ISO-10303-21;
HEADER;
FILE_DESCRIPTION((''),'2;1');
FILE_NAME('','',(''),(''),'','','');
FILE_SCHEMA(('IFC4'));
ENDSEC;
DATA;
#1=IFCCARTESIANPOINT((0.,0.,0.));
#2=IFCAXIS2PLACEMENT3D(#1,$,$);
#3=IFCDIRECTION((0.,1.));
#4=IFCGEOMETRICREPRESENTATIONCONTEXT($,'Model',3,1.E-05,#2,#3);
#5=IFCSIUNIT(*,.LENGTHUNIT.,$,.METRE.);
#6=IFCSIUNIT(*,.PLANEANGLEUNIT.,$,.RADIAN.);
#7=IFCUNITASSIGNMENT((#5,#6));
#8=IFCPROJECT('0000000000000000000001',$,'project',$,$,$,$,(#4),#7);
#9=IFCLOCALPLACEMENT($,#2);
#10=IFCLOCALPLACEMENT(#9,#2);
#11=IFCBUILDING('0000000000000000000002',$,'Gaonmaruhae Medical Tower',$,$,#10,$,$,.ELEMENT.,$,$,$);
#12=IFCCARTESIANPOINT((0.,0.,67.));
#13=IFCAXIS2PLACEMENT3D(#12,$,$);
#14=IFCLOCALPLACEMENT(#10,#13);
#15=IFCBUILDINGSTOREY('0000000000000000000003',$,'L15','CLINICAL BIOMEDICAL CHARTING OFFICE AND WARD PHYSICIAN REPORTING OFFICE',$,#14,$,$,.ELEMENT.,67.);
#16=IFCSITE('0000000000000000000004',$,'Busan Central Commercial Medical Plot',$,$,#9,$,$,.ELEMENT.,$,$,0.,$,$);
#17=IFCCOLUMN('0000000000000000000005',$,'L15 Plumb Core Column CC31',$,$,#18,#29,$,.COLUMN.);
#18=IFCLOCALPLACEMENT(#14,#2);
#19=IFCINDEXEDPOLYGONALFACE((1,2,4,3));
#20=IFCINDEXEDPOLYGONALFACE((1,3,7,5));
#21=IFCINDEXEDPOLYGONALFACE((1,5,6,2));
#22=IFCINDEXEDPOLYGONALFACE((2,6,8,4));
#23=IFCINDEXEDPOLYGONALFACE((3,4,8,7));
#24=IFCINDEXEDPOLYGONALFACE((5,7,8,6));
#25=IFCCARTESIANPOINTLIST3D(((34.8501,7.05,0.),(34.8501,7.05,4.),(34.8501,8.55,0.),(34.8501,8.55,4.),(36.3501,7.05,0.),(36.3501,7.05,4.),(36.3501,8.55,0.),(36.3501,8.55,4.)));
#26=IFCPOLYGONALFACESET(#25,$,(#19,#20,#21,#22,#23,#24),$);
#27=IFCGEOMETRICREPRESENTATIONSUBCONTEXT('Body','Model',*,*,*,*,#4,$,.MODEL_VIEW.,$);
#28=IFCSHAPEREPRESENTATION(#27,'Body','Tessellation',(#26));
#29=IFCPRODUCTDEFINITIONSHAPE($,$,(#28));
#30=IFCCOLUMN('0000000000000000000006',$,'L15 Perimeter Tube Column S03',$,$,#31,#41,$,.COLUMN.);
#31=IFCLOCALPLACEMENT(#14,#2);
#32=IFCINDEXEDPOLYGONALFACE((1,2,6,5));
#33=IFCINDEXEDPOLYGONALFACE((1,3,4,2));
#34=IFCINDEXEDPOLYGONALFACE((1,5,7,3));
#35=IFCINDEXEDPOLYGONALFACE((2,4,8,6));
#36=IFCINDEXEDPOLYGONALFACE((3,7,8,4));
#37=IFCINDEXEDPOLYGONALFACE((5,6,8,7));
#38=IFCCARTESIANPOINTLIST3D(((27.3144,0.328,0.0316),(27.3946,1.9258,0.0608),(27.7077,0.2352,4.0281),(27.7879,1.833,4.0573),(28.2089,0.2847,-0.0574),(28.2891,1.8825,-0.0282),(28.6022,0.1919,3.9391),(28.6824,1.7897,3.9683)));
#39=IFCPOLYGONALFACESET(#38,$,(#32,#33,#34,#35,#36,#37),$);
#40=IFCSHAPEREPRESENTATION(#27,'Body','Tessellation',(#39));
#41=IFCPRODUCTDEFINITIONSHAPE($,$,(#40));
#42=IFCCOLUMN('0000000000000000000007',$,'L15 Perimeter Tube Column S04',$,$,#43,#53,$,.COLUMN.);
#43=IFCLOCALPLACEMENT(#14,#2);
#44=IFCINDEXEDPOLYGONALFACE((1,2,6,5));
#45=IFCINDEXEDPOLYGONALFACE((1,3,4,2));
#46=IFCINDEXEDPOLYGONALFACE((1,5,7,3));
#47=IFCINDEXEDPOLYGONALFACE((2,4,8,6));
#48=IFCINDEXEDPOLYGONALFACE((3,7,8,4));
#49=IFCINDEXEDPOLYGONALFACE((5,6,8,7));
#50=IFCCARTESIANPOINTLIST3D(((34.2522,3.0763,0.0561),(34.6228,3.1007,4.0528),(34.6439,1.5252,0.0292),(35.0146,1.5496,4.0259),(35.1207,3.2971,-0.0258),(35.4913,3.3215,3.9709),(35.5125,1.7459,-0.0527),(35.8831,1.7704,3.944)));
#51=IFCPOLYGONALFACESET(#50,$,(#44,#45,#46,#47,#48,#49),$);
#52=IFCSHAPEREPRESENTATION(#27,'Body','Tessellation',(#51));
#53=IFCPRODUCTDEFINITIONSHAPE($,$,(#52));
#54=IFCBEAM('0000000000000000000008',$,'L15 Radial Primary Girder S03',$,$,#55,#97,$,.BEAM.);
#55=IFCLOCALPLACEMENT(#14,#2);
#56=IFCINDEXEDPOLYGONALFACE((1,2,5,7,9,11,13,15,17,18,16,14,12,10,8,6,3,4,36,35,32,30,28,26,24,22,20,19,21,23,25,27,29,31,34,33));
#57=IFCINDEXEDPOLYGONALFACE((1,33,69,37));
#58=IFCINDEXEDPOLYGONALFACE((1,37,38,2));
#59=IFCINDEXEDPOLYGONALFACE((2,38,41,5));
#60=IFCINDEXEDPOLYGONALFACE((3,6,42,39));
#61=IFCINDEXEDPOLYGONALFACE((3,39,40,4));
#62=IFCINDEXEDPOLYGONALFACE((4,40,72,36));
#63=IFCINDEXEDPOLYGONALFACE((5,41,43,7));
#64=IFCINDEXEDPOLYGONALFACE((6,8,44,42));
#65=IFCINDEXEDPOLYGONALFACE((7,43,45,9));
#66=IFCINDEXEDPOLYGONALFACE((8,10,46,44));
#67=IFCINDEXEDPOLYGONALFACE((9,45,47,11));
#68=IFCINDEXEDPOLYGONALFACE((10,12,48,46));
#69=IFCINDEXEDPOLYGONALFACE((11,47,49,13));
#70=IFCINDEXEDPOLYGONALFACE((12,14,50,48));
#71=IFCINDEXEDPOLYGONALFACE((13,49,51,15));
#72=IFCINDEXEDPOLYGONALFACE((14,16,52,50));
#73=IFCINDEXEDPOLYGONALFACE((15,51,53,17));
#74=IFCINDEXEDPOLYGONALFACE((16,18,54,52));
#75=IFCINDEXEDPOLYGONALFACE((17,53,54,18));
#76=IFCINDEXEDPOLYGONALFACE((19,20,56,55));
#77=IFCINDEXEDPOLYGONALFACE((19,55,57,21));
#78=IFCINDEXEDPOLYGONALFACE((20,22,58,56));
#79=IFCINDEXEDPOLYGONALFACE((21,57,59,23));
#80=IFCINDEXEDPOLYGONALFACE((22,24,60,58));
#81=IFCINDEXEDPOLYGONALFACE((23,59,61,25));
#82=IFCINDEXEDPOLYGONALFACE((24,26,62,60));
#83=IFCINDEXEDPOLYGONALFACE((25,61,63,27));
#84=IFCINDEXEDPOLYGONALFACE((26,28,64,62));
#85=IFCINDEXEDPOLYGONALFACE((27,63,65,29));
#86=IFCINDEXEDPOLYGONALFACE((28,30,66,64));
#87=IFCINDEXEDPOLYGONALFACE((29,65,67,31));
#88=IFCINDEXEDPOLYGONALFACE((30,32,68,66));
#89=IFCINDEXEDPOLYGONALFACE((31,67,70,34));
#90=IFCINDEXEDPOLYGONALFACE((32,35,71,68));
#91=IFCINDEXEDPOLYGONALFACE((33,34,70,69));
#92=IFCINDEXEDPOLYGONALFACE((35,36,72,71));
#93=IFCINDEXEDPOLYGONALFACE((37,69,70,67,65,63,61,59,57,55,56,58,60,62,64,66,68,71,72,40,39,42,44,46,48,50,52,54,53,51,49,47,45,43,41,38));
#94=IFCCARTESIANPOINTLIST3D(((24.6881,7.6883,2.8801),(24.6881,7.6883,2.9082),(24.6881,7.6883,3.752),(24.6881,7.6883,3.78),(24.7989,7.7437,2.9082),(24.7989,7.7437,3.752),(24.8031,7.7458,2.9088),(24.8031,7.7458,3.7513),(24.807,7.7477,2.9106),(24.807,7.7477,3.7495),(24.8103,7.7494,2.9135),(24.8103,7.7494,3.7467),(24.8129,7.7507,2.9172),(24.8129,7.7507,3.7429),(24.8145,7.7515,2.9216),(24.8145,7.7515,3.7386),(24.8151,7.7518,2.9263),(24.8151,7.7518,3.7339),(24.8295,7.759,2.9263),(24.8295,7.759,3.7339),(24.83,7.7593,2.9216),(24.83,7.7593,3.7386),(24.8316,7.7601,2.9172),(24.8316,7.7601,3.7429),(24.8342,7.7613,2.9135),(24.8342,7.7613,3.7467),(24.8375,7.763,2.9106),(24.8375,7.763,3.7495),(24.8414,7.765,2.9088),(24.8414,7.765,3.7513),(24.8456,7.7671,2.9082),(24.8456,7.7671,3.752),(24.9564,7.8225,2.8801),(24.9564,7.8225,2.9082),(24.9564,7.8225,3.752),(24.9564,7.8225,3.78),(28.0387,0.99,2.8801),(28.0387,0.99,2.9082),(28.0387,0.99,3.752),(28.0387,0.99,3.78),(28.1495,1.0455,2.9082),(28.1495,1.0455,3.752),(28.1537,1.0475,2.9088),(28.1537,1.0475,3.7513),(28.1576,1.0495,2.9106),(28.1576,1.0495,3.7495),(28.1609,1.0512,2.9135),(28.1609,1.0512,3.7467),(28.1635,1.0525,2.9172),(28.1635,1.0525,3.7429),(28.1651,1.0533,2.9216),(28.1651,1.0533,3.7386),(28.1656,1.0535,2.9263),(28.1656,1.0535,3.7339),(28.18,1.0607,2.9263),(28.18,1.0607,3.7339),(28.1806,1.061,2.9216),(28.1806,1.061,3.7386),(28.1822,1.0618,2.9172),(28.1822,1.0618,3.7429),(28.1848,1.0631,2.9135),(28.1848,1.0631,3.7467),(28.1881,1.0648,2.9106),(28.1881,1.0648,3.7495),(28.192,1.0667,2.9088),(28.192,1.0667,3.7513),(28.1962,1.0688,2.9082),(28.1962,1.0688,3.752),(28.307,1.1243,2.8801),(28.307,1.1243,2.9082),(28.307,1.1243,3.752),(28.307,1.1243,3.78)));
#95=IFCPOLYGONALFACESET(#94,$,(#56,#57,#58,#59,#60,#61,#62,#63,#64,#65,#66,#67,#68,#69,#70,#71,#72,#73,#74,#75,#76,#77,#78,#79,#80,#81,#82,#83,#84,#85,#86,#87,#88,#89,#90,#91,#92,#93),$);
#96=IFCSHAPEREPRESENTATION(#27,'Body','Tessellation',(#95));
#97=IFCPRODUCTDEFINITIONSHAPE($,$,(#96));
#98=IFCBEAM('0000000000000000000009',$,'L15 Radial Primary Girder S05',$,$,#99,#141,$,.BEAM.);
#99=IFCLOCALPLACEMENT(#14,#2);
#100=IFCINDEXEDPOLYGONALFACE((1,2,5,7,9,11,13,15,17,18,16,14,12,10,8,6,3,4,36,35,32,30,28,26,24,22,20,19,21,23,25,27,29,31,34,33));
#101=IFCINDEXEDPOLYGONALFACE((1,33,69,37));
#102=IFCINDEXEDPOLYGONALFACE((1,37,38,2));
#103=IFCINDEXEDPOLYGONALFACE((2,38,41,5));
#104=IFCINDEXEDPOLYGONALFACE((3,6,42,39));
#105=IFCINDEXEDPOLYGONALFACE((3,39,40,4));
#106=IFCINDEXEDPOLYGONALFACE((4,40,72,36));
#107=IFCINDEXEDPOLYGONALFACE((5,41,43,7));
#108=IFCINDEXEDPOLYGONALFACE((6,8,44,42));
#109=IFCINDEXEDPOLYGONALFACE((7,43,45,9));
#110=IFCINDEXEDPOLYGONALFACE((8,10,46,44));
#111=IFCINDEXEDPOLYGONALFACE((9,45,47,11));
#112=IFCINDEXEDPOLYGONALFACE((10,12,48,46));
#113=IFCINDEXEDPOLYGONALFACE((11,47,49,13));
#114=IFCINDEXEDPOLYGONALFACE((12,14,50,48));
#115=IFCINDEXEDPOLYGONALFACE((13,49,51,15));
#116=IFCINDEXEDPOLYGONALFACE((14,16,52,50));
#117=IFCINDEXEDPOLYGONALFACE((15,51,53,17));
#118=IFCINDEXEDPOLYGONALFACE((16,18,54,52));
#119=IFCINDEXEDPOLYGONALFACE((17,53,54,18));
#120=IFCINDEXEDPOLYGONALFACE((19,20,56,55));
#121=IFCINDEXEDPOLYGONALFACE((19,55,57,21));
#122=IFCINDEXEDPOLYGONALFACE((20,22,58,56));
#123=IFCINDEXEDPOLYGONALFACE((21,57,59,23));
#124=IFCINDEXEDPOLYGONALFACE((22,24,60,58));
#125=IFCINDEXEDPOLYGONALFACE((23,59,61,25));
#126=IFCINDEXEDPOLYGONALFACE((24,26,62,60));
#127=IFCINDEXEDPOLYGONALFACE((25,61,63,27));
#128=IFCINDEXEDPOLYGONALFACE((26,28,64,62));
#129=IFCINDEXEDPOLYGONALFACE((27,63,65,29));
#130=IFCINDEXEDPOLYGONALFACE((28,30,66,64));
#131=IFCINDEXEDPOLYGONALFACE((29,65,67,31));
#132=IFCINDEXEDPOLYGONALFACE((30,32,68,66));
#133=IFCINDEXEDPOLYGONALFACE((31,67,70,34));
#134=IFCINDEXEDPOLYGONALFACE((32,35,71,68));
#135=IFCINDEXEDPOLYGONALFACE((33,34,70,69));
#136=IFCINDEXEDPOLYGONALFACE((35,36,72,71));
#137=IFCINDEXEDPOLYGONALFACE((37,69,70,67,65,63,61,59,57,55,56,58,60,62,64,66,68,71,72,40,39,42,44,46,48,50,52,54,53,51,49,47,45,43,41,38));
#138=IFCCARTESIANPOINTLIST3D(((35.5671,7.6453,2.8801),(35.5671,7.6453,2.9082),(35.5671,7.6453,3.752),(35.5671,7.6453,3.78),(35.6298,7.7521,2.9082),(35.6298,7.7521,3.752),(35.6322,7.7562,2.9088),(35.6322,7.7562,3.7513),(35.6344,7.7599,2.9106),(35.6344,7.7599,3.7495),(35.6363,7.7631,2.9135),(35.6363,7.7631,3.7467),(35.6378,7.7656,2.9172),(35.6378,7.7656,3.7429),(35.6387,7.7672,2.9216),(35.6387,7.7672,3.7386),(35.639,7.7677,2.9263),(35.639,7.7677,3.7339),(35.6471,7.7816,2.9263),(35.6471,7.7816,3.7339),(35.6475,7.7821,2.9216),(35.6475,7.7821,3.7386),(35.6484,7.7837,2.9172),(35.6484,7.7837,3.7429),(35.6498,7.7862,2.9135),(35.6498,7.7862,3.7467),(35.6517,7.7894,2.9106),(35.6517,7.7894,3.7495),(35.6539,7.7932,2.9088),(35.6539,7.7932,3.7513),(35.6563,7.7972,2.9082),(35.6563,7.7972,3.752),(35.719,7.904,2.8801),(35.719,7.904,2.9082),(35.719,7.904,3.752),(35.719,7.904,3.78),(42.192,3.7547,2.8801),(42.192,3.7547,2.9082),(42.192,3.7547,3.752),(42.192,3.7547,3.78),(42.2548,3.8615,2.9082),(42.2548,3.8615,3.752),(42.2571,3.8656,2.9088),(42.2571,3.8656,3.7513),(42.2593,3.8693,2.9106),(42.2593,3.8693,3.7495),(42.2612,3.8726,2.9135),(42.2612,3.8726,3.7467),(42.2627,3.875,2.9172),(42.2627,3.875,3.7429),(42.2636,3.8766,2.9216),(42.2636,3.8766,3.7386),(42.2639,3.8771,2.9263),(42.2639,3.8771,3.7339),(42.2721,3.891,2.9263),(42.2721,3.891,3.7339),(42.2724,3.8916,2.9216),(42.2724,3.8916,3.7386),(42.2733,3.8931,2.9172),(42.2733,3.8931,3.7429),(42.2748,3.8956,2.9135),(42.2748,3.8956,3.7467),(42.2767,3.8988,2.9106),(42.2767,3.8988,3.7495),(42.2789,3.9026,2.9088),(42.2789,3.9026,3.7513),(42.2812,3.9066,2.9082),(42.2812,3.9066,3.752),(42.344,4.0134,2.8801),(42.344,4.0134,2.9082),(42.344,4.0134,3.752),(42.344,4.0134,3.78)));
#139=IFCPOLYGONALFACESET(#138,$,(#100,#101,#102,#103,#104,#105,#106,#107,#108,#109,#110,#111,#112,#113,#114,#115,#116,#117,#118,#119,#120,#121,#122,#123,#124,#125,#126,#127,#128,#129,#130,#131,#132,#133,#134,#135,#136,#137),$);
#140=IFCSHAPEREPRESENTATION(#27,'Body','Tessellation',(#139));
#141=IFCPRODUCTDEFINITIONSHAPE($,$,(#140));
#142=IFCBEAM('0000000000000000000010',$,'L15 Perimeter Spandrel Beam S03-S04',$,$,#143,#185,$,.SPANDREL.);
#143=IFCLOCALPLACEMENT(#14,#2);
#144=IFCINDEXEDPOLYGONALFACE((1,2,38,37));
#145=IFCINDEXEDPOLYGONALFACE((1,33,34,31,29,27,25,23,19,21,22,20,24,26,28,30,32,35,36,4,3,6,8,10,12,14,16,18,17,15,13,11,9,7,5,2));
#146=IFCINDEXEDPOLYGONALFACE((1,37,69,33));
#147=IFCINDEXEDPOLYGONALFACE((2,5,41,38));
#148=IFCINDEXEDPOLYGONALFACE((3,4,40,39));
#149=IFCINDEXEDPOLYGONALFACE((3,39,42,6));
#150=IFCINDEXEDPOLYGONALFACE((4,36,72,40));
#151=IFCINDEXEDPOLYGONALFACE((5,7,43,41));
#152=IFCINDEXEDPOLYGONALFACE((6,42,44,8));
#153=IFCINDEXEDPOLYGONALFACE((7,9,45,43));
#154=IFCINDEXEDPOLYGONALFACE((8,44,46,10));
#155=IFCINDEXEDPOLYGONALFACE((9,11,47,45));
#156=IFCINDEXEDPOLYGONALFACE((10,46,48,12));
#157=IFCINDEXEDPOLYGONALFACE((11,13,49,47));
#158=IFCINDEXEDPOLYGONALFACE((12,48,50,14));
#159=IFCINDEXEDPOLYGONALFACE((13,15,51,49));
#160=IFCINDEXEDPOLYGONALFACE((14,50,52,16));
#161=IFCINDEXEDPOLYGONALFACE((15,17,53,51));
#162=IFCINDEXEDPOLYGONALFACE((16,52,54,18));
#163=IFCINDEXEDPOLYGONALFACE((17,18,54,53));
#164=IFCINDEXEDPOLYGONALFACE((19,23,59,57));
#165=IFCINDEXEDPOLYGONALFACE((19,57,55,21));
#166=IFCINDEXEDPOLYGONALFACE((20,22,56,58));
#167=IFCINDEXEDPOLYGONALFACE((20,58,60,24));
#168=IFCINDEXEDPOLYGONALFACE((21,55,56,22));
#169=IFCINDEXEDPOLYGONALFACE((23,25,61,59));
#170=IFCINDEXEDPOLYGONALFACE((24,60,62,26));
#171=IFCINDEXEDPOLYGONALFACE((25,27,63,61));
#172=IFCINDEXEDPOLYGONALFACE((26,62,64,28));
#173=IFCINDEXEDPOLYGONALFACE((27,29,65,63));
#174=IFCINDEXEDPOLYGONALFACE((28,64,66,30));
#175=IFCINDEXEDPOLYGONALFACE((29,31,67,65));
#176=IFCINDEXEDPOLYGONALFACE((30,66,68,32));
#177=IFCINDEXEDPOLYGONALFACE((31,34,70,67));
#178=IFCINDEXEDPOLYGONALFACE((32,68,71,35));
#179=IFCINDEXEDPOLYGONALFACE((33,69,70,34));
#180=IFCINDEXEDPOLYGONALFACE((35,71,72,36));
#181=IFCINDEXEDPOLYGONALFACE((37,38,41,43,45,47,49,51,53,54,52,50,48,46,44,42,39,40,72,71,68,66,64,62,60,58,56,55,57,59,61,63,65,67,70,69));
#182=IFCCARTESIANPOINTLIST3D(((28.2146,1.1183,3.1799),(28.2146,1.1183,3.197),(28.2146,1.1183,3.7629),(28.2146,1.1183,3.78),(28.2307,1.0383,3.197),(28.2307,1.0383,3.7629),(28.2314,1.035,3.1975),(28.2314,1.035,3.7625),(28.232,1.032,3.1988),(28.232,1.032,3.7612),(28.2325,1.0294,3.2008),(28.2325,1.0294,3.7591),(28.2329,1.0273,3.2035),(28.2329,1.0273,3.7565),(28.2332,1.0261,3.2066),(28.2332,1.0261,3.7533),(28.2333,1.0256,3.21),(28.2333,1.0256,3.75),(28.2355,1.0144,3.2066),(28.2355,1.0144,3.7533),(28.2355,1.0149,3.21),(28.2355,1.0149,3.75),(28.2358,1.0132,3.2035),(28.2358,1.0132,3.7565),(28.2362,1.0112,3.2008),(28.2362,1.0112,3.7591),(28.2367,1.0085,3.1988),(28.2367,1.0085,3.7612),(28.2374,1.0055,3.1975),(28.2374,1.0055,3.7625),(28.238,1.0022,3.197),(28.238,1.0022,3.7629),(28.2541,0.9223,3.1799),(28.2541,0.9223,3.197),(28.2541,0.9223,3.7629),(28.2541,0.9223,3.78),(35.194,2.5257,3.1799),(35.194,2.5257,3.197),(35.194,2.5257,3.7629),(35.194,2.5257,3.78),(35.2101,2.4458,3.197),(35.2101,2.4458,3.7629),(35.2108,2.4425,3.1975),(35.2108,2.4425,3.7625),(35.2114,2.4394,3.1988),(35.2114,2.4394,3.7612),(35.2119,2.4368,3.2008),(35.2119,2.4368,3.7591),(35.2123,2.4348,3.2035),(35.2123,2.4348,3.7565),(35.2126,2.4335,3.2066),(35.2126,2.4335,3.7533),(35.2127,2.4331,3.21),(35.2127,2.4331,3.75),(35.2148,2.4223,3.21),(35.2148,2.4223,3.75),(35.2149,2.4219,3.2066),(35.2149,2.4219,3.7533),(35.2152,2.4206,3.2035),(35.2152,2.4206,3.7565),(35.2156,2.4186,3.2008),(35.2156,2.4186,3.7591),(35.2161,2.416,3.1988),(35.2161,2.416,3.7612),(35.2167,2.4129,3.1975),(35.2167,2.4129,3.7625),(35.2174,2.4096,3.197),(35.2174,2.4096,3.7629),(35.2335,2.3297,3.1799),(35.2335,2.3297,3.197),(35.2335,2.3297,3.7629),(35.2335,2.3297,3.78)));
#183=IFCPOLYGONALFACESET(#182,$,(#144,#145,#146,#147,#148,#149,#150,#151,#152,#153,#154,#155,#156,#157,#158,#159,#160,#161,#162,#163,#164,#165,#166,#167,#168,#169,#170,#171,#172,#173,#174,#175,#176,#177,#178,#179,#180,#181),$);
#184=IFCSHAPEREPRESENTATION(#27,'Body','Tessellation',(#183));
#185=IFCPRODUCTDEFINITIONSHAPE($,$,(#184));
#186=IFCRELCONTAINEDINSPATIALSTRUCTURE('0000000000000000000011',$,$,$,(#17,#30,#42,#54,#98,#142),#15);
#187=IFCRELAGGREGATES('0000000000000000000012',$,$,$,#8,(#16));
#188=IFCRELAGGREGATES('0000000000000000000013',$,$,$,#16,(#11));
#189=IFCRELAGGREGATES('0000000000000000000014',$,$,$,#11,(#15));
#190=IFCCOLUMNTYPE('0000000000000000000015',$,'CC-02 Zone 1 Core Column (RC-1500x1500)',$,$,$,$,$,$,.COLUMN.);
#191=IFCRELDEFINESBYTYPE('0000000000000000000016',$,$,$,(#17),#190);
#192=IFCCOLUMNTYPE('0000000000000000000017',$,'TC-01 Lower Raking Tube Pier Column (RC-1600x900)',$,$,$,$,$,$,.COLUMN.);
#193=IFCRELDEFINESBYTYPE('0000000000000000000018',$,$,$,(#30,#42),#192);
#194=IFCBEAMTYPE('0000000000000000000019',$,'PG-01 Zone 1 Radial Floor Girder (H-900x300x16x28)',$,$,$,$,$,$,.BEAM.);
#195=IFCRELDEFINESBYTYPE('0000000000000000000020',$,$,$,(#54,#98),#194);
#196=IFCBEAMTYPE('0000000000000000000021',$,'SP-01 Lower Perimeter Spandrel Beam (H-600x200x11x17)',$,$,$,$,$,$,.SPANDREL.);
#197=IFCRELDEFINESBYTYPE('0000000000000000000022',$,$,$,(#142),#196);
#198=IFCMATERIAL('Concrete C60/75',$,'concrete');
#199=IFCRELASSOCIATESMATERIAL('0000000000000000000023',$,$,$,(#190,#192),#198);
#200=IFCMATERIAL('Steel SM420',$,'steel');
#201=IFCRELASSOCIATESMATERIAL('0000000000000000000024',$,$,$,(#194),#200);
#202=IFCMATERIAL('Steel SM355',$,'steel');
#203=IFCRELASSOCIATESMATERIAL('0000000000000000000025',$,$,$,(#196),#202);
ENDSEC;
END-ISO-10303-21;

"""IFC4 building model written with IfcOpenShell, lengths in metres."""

from ifc_helpers import new_model, si_unit, direction, frame, origin, origin_2d, place, context, subcontext, project, spatial, rectangle, i_section, extrude, material, material_profile, profile_set, type_object, element, save


model = new_model("IFC4")

# Units and contexts
model_context = context("Model", 3, precision=1e-05, world=origin(), true_north=direction((0.0, 1.0)))
body_context = subcontext(model_context, "Body", "Model", "MODEL_VIEW")
ifc_project = project(units=[si_unit("LENGTHUNIT", "METRE"), si_unit("PLANEANGLEUNIT", "RADIAN")], contexts=[model_context])

# Site, building, storey
site_placement = place(None, origin())
site = spatial("IfcSite", under=ifc_project, at=site_placement, Name="Busan Central Commercial Medical Plot", CompositionType="ELEMENT", RefElevation=0.0)
building_placement = place(site_placement, origin())
building = spatial("IfcBuilding", under=site, at=building_placement, Name="Gaonmaruhae Medical Tower", CompositionType="ELEMENT")
storey_placement = place(building_placement, frame((0.0, 0.0, 67.0)))
storey = spatial("IfcBuildingStorey", under=building, at=storey_placement, Name="L15", Description="CLINICAL BIOMEDICAL CHARTING OFFICE AND WARD PHYSICIAN REPORTING OFFICE", CompositionType="ELEMENT", Elevation=67.0)

# Columns
ifc_material_1 = material(Name="Concrete C60/75", Category="concrete")
ifc_material_profile_1 = material_profile(ifc_material_1, rectangle(XDim=1.5, YDim=1.5, at=origin_2d()), Name="RC-1500x1500")
ifc_profile_set_1 = profile_set([ifc_material_profile_1], Name="Concrete C60/75")
column_type_1 = type_object("IfcColumnType", Name="CC-02 Zone 1 Core Column (RC-1500x1500)", PredefinedType="COLUMN", material=ifc_profile_set_1)
column_1_placement = place(storey_placement, frame((35.6001, 7.8, 0.0), z_axis=(0.0, 0.0, 1.0), x_axis=(1.0, 0.0, 0.0)))
element("IfcColumn", 1, at=column_1_placement, inside=storey, type_object=column_type_1, Name="L15 Plumb Core Column CC31", PredefinedType="COLUMN", context=body_context, shape_type="SweptSolid", body=[
    extrude(rectangle(XDim=1.5, YDim=1.5, at=origin_2d()), origin(), (0.0, 0.0, 1.0), 4.0),
])
ifc_material_profile_2 = material_profile(ifc_material_1, rectangle(XDim=1.6001, YDim=0.8999, at=origin_2d()), Name="RC-1600x900")
ifc_profile_set_2 = profile_set([ifc_material_profile_2], Name="Concrete C60/75")
column_type_2 = type_object("IfcColumnType", Name="TC-01 Lower Raking Tube Pier Column (RC-1600x900)", PredefinedType="COLUMN", material=ifc_profile_set_2)
column_2_placement = place(storey_placement, frame((27.8018, 1.1052, 0.0017), z_axis=(0.097912, -0.023095, 0.994927), x_axis=(0.050133, 0.998576, 0.018246)))
element("IfcColumn", 2, at=column_2_placement, inside=storey, type_object=column_type_2, Name="L15 Perimeter Tube Column S03", PredefinedType="COLUMN", context=body_context, shape_type="SweptSolid", body=[
    extrude(rectangle(XDim=1.6001, YDim=0.8999, at=origin_2d()), origin(), (0.0, 0.0, 1.0), 4.0168),
])
column_3_placement = place(storey_placement, frame((34.8823, 2.4111, 0.0017), z_axis=(0.092333, 0.006083, 0.99571), x_axis=(-0.244852, 0.969415, 0.016783)))
element("IfcColumn", 3, at=column_3_placement, inside=storey, type_object=column_type_2, Name="L15 Perimeter Tube Column S04", PredefinedType="COLUMN", context=body_context, shape_type="SweptSolid", body=[
    extrude(rectangle(XDim=1.6001, YDim=0.8999, at=origin_2d()), origin(), (0.0, 0.0, 1.0), 4.0139),
])

# Beams
ifc_material_2 = material(Name="Steel SM420", Category="steel")
ifc_material_profile_3 = material_profile(ifc_material_2, i_section(OverallWidth=0.3, OverallDepth=0.8999, WebThickness=0.0161, FlangeThickness=0.0281, FilletRadius=0.0181, at=origin_2d()), Name="H-900x300x16x28")
ifc_profile_set_3 = profile_set([ifc_material_profile_3], Name="Steel SM420")
beam_type_1 = type_object("IfcBeamType", Name="PG-01 Zone 1 Radial Floor Girder (H-900x300x16x28)", PredefinedType="BEAM", material=ifc_profile_set_3)
beam_1_placement = place(storey_placement, frame((24.8223, 7.7554, 3.3301), z_axis=(0.44737, -0.894349, 0.0), x_axis=(0.894349, 0.44737, 0.0)))
element("IfcBeam", 4, at=beam_1_placement, inside=storey, type_object=beam_type_1, Name="L15 Radial Primary Girder S03", PredefinedType="BEAM", context=body_context, shape_type="SweptSolid", body=[
    extrude(i_section(OverallWidth=0.3, OverallDepth=0.8999, WebThickness=0.0161, FlangeThickness=0.0281, FilletRadius=0.0181, at=origin_2d()), origin(), (0.0, 0.0, 1.0), 7.4895),
])
beam_2_placement = place(storey_placement, frame((35.6431, 7.7747, 3.3301), z_axis=(0.8623, -0.506398, 0.0), x_axis=(0.506398, 0.8623, 0.0)))
element("IfcBeam", 5, at=beam_2_placement, inside=storey, type_object=beam_type_1, Name="L15 Radial Primary Girder S05", PredefinedType="BEAM", context=body_context, shape_type="SweptSolid", body=[
    extrude(i_section(OverallWidth=0.3, OverallDepth=0.8999, WebThickness=0.0161, FlangeThickness=0.0281, FilletRadius=0.0181, at=origin_2d()), origin(), (0.0, 0.0, 1.0), 7.6829),
])
ifc_material_3 = material(Name="Steel SM355", Category="steel")
ifc_material_profile_4 = material_profile(ifc_material_3, i_section(OverallWidth=0.2, OverallDepth=0.6001, WebThickness=0.011, FlangeThickness=0.0171, FilletRadius=0.0129, at=origin_2d()), Name="H-600x200x11x17")
ifc_profile_set_4 = profile_set([ifc_material_profile_4], Name="Steel SM355")
beam_type_2 = type_object("IfcBeamType", Name="SP-01 Lower Perimeter Spandrel Beam (H-600x200x11x17)", PredefinedType="SPANDREL", material=ifc_profile_set_4)
beam_3_placement = place(storey_placement, frame((28.2344, 1.0203, 3.48), z_axis=(0.980267, 0.197679, 0.0), x_axis=(-0.197679, 0.980267, 0.0)))
element("IfcBeam", 6, at=beam_3_placement, inside=storey, type_object=beam_type_2, Name="L15 Perimeter Spandrel Beam S03-S04", PredefinedType="SPANDREL", context=body_context, shape_type="SweptSolid", body=[
    extrude(i_section(OverallWidth=0.2, OverallDepth=0.6001, WebThickness=0.011, FlangeThickness=0.0171, FilletRadius=0.0129, at=origin_2d()), origin(), (0.0, 0.0, 1.0), 7.1199),
])

save(model, "model.ifc")
